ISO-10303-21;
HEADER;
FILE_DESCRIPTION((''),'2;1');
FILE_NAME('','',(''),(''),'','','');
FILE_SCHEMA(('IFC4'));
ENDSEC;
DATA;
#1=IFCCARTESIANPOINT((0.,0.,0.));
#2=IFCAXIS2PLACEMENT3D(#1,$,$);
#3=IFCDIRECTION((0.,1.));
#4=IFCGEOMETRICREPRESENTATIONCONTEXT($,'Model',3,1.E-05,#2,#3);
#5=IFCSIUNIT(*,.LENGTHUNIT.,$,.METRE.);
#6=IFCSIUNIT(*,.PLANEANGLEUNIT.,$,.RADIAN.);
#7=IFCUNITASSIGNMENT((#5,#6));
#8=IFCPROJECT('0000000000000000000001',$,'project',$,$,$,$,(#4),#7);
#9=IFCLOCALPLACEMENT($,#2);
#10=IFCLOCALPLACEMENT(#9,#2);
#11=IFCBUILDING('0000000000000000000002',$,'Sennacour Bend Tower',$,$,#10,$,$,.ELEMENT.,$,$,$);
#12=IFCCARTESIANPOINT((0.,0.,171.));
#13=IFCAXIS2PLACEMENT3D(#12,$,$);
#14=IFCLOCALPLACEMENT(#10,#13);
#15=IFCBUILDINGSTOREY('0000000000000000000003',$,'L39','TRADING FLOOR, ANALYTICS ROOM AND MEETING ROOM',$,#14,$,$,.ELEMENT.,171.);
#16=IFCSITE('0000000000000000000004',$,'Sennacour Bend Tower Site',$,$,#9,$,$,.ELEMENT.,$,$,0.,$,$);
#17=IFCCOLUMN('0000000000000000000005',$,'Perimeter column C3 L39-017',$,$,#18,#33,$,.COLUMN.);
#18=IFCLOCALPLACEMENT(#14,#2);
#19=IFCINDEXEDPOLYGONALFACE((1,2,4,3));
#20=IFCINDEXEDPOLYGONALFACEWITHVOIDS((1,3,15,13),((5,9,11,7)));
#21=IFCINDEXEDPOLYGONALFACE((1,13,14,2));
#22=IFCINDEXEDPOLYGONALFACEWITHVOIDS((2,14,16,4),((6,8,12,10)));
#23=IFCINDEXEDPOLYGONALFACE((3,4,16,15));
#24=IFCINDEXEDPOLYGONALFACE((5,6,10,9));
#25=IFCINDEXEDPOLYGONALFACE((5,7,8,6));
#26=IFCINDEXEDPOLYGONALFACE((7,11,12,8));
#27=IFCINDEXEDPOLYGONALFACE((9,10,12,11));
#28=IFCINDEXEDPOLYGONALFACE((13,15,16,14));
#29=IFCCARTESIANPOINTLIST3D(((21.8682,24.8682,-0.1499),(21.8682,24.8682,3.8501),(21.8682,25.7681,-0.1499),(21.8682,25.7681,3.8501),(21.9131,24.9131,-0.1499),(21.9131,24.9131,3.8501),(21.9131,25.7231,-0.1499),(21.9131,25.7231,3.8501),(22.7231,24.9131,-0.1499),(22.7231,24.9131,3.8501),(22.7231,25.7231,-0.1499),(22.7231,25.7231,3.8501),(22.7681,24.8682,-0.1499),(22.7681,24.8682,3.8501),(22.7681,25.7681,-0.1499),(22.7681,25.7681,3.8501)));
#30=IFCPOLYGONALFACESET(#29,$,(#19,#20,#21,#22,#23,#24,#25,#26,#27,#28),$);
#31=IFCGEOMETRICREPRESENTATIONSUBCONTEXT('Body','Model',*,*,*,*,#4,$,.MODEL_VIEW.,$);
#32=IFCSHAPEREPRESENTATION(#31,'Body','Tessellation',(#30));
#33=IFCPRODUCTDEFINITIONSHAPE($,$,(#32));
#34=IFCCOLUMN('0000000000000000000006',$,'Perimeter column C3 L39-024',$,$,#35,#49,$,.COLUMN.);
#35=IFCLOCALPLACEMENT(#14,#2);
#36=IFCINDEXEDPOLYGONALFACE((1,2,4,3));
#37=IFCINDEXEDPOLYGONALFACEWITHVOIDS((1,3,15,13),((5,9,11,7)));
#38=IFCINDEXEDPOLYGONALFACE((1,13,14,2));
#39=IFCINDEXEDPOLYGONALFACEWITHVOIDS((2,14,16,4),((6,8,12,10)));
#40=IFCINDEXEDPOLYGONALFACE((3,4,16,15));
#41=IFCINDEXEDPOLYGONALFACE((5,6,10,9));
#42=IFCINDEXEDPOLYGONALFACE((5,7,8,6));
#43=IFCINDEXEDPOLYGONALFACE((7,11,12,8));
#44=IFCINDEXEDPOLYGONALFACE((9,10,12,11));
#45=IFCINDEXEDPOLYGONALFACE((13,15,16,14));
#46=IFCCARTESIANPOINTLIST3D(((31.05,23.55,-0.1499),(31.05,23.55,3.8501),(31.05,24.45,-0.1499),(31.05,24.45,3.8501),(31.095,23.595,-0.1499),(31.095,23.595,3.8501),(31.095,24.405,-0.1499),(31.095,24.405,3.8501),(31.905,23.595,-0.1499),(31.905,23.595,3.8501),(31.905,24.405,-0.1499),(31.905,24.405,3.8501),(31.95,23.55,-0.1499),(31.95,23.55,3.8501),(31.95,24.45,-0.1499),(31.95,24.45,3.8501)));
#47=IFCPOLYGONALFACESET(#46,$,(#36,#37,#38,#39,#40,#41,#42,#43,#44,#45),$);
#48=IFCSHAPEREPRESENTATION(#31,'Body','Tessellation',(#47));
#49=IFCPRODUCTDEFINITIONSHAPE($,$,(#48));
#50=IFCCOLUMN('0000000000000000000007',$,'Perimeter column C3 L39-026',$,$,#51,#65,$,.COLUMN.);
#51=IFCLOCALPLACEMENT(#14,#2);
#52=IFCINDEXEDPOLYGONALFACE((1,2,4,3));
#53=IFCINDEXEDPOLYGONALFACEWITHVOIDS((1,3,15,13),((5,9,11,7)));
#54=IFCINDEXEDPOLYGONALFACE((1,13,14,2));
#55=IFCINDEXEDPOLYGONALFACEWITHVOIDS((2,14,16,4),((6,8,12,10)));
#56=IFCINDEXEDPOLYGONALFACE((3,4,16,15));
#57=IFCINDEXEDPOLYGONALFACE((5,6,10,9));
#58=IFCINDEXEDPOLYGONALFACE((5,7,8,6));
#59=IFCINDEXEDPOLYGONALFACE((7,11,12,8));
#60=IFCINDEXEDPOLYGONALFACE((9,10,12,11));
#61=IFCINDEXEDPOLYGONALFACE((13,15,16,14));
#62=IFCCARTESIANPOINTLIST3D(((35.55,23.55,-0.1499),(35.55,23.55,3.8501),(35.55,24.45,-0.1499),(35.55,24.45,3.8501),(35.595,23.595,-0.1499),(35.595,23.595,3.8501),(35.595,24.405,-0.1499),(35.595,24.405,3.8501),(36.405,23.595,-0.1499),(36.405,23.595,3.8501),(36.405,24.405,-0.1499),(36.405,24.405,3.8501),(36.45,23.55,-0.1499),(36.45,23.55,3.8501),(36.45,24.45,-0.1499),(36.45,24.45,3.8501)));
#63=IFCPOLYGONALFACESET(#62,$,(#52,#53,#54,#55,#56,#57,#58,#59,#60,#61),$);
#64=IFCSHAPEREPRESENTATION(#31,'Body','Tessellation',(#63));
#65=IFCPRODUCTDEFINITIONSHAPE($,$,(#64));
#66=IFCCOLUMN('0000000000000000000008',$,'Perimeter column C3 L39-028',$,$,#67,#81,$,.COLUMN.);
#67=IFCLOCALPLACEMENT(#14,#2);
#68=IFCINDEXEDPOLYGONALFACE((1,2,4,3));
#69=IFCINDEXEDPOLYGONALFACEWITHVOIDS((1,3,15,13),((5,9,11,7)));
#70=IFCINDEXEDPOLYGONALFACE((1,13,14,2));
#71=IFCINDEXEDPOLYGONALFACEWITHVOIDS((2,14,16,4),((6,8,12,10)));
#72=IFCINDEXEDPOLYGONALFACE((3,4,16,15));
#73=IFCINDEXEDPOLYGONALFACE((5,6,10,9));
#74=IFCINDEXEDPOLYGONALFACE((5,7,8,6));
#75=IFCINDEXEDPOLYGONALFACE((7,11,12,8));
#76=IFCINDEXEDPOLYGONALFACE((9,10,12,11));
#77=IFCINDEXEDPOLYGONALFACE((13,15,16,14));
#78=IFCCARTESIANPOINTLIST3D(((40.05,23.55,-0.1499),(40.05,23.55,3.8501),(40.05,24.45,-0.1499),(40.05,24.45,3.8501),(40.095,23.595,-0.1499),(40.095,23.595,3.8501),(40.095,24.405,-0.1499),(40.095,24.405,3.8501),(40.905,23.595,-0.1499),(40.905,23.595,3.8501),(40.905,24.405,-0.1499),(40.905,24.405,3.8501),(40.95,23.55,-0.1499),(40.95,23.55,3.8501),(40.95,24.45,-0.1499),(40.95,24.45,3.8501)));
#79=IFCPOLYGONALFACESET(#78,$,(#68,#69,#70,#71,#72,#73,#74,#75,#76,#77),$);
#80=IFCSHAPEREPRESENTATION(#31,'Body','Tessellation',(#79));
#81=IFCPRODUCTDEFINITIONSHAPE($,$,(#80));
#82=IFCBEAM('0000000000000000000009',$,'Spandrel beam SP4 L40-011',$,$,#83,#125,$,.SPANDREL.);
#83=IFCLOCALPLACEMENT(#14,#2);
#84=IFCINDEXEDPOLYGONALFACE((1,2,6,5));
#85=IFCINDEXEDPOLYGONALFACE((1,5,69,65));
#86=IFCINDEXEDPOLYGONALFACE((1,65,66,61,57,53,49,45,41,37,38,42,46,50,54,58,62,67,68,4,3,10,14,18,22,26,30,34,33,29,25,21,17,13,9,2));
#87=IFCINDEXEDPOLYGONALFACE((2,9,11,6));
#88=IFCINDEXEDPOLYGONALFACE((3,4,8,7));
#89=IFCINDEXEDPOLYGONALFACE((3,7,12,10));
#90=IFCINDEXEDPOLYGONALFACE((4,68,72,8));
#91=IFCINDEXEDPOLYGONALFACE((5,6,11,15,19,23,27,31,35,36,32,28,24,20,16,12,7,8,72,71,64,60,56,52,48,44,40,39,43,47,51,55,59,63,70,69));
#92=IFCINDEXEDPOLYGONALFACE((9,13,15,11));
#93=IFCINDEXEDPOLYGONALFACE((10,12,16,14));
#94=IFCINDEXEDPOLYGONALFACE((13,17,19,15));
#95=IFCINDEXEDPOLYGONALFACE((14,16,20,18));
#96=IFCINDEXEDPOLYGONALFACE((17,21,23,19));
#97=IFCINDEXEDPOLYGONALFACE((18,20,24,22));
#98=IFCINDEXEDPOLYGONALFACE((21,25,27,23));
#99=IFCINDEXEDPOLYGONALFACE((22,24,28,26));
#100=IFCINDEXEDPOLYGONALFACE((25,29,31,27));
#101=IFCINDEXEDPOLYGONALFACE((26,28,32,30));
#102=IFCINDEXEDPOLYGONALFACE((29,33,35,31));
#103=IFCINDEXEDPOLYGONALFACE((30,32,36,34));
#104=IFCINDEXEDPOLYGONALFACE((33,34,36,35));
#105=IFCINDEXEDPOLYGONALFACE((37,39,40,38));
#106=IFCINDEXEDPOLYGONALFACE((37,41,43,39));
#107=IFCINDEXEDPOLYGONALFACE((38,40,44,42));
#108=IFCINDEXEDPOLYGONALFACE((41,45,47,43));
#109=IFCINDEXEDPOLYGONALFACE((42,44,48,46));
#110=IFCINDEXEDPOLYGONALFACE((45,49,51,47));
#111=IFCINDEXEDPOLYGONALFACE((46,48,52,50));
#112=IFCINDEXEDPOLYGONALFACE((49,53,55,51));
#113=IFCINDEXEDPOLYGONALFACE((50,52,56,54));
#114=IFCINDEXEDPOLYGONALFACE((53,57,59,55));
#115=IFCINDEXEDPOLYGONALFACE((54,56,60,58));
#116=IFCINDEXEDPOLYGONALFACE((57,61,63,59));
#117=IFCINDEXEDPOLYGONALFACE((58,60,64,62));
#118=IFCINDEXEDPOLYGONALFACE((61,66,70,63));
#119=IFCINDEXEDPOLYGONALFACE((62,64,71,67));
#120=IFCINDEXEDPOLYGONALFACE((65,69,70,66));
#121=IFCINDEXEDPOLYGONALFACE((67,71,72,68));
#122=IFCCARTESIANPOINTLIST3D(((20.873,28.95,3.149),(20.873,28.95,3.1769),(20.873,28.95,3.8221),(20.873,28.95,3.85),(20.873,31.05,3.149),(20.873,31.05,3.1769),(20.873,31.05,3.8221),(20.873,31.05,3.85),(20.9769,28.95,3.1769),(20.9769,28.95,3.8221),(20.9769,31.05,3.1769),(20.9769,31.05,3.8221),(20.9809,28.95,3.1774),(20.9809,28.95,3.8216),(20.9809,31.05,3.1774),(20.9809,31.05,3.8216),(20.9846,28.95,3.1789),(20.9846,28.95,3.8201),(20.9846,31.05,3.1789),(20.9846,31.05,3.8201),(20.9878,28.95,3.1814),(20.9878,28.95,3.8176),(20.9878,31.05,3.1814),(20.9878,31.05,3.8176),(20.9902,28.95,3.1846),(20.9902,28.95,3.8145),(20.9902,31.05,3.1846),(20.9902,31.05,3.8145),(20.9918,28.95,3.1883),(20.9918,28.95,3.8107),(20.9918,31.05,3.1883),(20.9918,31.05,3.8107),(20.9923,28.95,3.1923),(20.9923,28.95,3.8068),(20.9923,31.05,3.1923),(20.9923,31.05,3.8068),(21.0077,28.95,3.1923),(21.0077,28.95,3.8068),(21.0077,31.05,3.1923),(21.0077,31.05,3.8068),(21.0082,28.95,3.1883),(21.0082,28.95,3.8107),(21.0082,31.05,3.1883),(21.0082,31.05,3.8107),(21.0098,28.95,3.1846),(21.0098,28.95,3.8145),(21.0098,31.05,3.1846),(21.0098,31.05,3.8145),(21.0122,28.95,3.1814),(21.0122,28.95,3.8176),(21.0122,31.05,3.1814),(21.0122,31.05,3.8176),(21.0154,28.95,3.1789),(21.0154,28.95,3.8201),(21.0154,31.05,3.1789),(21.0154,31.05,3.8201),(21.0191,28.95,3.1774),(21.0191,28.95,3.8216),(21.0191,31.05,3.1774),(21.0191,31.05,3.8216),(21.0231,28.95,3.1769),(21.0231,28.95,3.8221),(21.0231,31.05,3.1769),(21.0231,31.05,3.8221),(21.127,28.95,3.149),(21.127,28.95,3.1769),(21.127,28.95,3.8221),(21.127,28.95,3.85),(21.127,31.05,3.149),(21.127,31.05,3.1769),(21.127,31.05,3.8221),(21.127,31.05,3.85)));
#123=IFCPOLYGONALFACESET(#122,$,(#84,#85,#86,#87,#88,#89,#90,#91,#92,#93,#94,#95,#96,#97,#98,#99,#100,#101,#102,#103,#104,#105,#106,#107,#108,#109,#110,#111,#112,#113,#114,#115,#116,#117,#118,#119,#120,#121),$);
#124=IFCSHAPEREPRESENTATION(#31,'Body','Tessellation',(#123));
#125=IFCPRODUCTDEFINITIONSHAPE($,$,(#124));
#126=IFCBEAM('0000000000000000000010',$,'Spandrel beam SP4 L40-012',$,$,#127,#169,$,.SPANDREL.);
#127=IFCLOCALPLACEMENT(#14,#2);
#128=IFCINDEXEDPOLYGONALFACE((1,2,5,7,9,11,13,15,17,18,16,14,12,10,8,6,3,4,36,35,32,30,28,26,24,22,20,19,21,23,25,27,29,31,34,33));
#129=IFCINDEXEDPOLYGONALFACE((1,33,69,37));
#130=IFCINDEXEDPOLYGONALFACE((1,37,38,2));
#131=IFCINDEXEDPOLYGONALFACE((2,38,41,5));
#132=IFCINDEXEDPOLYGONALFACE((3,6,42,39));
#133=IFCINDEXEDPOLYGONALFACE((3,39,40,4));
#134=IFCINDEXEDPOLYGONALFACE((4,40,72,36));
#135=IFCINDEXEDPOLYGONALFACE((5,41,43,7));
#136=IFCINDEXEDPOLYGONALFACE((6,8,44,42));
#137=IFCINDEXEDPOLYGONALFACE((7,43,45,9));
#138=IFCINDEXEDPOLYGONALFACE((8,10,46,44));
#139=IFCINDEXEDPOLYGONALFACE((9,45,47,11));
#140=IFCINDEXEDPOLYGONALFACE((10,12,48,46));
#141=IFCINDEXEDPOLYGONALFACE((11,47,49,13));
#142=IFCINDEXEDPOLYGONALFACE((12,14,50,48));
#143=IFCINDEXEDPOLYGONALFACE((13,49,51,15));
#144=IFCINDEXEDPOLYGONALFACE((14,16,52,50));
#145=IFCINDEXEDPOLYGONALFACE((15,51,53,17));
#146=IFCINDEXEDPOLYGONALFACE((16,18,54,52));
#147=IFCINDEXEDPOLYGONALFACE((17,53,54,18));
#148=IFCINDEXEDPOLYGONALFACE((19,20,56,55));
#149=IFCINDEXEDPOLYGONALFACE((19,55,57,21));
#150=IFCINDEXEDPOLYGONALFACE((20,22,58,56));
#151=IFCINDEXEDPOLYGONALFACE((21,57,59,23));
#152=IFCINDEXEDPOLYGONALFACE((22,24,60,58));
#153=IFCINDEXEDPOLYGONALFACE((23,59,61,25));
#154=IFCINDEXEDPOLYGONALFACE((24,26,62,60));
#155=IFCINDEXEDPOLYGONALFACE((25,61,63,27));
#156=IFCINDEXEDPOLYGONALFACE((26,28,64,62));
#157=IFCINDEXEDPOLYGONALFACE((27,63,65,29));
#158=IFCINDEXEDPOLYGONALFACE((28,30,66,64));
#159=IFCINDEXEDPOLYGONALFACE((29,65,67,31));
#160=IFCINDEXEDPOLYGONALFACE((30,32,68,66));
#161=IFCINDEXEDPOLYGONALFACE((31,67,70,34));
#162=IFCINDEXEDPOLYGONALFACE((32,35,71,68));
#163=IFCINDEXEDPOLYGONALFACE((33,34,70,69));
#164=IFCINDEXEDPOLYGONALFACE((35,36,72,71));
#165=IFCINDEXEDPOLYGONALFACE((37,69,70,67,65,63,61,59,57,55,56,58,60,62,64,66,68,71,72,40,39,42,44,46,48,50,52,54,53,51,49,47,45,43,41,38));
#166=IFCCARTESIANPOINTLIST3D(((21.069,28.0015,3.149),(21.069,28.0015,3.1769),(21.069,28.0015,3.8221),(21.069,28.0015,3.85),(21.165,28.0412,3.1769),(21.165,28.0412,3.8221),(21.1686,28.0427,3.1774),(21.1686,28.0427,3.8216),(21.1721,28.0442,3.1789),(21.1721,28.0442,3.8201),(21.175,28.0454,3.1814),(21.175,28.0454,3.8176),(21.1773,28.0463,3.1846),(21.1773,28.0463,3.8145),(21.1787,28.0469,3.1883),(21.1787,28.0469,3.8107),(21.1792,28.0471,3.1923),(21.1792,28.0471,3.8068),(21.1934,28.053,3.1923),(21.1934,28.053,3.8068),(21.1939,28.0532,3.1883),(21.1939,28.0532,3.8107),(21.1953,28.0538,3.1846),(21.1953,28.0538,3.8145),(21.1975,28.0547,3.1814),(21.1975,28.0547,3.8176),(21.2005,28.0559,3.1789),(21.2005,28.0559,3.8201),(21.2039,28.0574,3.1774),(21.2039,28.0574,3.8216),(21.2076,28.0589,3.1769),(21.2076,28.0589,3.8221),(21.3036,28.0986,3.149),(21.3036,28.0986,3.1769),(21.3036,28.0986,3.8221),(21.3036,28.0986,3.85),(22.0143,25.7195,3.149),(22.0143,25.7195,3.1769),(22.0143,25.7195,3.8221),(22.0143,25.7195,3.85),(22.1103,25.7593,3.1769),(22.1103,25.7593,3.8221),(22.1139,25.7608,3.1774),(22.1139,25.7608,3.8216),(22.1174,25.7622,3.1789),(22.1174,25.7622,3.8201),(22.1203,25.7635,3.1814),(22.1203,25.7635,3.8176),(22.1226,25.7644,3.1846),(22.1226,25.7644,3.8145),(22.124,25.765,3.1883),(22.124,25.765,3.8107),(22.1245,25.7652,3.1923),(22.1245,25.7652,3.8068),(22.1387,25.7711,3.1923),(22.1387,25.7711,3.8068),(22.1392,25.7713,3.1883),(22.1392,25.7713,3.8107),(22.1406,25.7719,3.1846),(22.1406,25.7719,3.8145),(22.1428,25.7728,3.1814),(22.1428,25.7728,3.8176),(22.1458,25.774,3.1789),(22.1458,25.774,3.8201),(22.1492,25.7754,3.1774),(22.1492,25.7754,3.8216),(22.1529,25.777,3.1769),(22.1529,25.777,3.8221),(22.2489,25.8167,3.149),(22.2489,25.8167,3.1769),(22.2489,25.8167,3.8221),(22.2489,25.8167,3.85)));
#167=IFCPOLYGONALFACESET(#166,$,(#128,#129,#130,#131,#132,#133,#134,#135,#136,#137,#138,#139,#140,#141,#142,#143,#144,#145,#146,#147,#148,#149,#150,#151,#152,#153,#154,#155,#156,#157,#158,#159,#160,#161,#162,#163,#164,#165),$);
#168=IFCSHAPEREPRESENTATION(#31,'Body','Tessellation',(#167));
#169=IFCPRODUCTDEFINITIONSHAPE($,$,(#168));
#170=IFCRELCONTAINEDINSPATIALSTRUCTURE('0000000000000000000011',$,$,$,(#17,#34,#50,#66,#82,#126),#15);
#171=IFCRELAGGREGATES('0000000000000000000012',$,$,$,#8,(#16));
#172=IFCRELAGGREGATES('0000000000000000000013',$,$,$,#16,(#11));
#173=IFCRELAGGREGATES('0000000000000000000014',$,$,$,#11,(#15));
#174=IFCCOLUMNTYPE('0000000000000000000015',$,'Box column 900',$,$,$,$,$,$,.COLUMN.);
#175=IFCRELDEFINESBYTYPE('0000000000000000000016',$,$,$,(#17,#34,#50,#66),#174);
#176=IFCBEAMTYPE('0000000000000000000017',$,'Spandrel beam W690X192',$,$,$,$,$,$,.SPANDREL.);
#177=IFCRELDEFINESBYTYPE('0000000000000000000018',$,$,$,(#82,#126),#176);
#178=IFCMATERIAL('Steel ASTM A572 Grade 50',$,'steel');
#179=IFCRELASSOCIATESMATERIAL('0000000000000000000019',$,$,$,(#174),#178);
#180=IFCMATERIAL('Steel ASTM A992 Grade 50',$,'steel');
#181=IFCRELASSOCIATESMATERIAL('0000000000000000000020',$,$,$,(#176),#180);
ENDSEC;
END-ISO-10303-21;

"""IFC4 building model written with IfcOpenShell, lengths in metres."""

from ifc_helpers import new_model, si_unit, direction, frame, origin, origin_2d, place, context, subcontext, project, spatial, hollow_rectangle, i_section, extrude, material, material_profile, profile_set, type_object, element, save


model = new_model("IFC4")

# Units and contexts
model_context = context("Model", 3, precision=1e-05, world=origin(), true_north=direction((0.0, 1.0)))
body_context = subcontext(model_context, "Body", "Model", "MODEL_VIEW")
ifc_project = project(units=[si_unit("LENGTHUNIT", "METRE"), si_unit("PLANEANGLEUNIT", "RADIAN")], contexts=[model_context])

# Site, building, storey
site_placement = place(None, origin())
site = spatial("IfcSite", under=ifc_project, at=site_placement, Name="Sennacour Bend Tower Site", CompositionType="ELEMENT", RefElevation=0.0)
building_placement = place(site_placement, origin())
building = spatial("IfcBuilding", under=site, at=building_placement, Name="Sennacour Bend Tower", CompositionType="ELEMENT")
storey_placement = place(building_placement, frame((0.0, 0.0, 171.0)))
storey = spatial("IfcBuildingStorey", under=building, at=storey_placement, Name="L39", Description="TRADING FLOOR, ANALYTICS ROOM AND MEETING ROOM", CompositionType="ELEMENT", Elevation=171.0)

# Columns
ifc_material_1 = material(Name="Steel ASTM A572 Grade 50", Category="steel")
ifc_material_profile_1 = material_profile(ifc_material_1, hollow_rectangle(XDim=0.8999, YDim=0.8999, WallThickness=0.0449, at=origin_2d()), Name="Steel ASTM A572 Grade 50", Category="steel")
ifc_profile_set_1 = profile_set([ifc_material_profile_1], Name="Steel ASTM A572 Grade 50")
column_type = type_object("IfcColumnType", Name="Box column 900", PredefinedType="COLUMN", material=ifc_profile_set_1)
for number, where, z_axis, x_axis, name in (
    (1, (22.3181, 25.3181, -0.1499), (0.0, 0.0, 1.0), (1.0, 0.0, 0.0), "Perimeter column C3 L39-017"),
    (2, (31.5, 24.0, -0.1499), (0.0, 0.0, 1.0), (1.0, 0.0, 0.0), "Perimeter column C3 L39-024"),
    (3, (36.0, 24.0, -0.1499), (0.0, 0.0, 1.0), (1.0, 0.0, 0.0), "Perimeter column C3 L39-026"),
    (4, (40.5, 24.0, -0.1499), (0.0, 0.0, 1.0), (1.0, 0.0, 0.0), "Perimeter column C3 L39-028"),
):
    element("IfcColumn", number, at=place(storey_placement, frame(where, z_axis=z_axis, x_axis=x_axis)), inside=storey, type_object=column_type, Name=name, PredefinedType="COLUMN", context=body_context, shape_type="SweptSolid", body=[
        extrude(hollow_rectangle(XDim=0.8999, YDim=0.8999, WallThickness=0.0449, at=origin_2d()), origin(), (0.0, 0.0, 1.0), 4.0),
    ])

# Beams
ifc_material_2 = material(Name="Steel ASTM A992 Grade 50", Category="steel")
ifc_material_profile_2 = material_profile(ifc_material_2, i_section(OverallWidth=0.2539, OverallDepth=0.7009, WebThickness=0.0154, FlangeThickness=0.0278, FilletRadius=0.0154, at=origin_2d()), Name="Steel ASTM A992 Grade 50", Category="steel")
ifc_profile_set_2 = profile_set([ifc_material_profile_2], Name="Steel ASTM A992 Grade 50")
beam_type = type_object("IfcBeamType", Name="Spandrel beam W690X192", PredefinedType="SPANDREL", material=ifc_profile_set_2)
beam_placement = place(storey_placement, frame((21.0, 31.05, 3.4995), z_axis=(0.0, -1.0, 0.0), x_axis=(1.0, 0.0, 0.0)))
element("IfcBeam", 5, at=beam_placement, inside=storey, type_object=beam_type, Name="Spandrel beam SP4 L40-011", PredefinedType="SPANDREL", context=body_context, shape_type="SweptSolid", body=[
    extrude(i_section(OverallWidth=0.2539, OverallDepth=0.7009, WebThickness=0.0154, FlangeThickness=0.0278, FilletRadius=0.0154, at=origin_2d()), origin(), (0.0, 0.0, 1.0), 2.1001),
])
for number, where, z_axis, x_axis, name in (
    (6, (21.1863, 28.05, 3.4995), (0.382713, -0.923867, 0.0), (0.923867, 0.382713, 0.0), "Spandrel beam SP4 L40-012"),
):
    element("IfcBeam", number, at=place(storey_placement, frame(where, z_axis=z_axis, x_axis=x_axis)), inside=storey, type_object=beam_type, Name=name, PredefinedType="SPANDREL", context=body_context, shape_type="SweptSolid", body=[
        extrude(i_section(OverallWidth=0.2539, OverallDepth=0.7009, WebThickness=0.0154, FlangeThickness=0.0278, FilletRadius=0.0154, at=origin_2d()), origin(), (0.0, 0.0, 1.0), 2.47),
    ])

save(model, "model.ifc")
